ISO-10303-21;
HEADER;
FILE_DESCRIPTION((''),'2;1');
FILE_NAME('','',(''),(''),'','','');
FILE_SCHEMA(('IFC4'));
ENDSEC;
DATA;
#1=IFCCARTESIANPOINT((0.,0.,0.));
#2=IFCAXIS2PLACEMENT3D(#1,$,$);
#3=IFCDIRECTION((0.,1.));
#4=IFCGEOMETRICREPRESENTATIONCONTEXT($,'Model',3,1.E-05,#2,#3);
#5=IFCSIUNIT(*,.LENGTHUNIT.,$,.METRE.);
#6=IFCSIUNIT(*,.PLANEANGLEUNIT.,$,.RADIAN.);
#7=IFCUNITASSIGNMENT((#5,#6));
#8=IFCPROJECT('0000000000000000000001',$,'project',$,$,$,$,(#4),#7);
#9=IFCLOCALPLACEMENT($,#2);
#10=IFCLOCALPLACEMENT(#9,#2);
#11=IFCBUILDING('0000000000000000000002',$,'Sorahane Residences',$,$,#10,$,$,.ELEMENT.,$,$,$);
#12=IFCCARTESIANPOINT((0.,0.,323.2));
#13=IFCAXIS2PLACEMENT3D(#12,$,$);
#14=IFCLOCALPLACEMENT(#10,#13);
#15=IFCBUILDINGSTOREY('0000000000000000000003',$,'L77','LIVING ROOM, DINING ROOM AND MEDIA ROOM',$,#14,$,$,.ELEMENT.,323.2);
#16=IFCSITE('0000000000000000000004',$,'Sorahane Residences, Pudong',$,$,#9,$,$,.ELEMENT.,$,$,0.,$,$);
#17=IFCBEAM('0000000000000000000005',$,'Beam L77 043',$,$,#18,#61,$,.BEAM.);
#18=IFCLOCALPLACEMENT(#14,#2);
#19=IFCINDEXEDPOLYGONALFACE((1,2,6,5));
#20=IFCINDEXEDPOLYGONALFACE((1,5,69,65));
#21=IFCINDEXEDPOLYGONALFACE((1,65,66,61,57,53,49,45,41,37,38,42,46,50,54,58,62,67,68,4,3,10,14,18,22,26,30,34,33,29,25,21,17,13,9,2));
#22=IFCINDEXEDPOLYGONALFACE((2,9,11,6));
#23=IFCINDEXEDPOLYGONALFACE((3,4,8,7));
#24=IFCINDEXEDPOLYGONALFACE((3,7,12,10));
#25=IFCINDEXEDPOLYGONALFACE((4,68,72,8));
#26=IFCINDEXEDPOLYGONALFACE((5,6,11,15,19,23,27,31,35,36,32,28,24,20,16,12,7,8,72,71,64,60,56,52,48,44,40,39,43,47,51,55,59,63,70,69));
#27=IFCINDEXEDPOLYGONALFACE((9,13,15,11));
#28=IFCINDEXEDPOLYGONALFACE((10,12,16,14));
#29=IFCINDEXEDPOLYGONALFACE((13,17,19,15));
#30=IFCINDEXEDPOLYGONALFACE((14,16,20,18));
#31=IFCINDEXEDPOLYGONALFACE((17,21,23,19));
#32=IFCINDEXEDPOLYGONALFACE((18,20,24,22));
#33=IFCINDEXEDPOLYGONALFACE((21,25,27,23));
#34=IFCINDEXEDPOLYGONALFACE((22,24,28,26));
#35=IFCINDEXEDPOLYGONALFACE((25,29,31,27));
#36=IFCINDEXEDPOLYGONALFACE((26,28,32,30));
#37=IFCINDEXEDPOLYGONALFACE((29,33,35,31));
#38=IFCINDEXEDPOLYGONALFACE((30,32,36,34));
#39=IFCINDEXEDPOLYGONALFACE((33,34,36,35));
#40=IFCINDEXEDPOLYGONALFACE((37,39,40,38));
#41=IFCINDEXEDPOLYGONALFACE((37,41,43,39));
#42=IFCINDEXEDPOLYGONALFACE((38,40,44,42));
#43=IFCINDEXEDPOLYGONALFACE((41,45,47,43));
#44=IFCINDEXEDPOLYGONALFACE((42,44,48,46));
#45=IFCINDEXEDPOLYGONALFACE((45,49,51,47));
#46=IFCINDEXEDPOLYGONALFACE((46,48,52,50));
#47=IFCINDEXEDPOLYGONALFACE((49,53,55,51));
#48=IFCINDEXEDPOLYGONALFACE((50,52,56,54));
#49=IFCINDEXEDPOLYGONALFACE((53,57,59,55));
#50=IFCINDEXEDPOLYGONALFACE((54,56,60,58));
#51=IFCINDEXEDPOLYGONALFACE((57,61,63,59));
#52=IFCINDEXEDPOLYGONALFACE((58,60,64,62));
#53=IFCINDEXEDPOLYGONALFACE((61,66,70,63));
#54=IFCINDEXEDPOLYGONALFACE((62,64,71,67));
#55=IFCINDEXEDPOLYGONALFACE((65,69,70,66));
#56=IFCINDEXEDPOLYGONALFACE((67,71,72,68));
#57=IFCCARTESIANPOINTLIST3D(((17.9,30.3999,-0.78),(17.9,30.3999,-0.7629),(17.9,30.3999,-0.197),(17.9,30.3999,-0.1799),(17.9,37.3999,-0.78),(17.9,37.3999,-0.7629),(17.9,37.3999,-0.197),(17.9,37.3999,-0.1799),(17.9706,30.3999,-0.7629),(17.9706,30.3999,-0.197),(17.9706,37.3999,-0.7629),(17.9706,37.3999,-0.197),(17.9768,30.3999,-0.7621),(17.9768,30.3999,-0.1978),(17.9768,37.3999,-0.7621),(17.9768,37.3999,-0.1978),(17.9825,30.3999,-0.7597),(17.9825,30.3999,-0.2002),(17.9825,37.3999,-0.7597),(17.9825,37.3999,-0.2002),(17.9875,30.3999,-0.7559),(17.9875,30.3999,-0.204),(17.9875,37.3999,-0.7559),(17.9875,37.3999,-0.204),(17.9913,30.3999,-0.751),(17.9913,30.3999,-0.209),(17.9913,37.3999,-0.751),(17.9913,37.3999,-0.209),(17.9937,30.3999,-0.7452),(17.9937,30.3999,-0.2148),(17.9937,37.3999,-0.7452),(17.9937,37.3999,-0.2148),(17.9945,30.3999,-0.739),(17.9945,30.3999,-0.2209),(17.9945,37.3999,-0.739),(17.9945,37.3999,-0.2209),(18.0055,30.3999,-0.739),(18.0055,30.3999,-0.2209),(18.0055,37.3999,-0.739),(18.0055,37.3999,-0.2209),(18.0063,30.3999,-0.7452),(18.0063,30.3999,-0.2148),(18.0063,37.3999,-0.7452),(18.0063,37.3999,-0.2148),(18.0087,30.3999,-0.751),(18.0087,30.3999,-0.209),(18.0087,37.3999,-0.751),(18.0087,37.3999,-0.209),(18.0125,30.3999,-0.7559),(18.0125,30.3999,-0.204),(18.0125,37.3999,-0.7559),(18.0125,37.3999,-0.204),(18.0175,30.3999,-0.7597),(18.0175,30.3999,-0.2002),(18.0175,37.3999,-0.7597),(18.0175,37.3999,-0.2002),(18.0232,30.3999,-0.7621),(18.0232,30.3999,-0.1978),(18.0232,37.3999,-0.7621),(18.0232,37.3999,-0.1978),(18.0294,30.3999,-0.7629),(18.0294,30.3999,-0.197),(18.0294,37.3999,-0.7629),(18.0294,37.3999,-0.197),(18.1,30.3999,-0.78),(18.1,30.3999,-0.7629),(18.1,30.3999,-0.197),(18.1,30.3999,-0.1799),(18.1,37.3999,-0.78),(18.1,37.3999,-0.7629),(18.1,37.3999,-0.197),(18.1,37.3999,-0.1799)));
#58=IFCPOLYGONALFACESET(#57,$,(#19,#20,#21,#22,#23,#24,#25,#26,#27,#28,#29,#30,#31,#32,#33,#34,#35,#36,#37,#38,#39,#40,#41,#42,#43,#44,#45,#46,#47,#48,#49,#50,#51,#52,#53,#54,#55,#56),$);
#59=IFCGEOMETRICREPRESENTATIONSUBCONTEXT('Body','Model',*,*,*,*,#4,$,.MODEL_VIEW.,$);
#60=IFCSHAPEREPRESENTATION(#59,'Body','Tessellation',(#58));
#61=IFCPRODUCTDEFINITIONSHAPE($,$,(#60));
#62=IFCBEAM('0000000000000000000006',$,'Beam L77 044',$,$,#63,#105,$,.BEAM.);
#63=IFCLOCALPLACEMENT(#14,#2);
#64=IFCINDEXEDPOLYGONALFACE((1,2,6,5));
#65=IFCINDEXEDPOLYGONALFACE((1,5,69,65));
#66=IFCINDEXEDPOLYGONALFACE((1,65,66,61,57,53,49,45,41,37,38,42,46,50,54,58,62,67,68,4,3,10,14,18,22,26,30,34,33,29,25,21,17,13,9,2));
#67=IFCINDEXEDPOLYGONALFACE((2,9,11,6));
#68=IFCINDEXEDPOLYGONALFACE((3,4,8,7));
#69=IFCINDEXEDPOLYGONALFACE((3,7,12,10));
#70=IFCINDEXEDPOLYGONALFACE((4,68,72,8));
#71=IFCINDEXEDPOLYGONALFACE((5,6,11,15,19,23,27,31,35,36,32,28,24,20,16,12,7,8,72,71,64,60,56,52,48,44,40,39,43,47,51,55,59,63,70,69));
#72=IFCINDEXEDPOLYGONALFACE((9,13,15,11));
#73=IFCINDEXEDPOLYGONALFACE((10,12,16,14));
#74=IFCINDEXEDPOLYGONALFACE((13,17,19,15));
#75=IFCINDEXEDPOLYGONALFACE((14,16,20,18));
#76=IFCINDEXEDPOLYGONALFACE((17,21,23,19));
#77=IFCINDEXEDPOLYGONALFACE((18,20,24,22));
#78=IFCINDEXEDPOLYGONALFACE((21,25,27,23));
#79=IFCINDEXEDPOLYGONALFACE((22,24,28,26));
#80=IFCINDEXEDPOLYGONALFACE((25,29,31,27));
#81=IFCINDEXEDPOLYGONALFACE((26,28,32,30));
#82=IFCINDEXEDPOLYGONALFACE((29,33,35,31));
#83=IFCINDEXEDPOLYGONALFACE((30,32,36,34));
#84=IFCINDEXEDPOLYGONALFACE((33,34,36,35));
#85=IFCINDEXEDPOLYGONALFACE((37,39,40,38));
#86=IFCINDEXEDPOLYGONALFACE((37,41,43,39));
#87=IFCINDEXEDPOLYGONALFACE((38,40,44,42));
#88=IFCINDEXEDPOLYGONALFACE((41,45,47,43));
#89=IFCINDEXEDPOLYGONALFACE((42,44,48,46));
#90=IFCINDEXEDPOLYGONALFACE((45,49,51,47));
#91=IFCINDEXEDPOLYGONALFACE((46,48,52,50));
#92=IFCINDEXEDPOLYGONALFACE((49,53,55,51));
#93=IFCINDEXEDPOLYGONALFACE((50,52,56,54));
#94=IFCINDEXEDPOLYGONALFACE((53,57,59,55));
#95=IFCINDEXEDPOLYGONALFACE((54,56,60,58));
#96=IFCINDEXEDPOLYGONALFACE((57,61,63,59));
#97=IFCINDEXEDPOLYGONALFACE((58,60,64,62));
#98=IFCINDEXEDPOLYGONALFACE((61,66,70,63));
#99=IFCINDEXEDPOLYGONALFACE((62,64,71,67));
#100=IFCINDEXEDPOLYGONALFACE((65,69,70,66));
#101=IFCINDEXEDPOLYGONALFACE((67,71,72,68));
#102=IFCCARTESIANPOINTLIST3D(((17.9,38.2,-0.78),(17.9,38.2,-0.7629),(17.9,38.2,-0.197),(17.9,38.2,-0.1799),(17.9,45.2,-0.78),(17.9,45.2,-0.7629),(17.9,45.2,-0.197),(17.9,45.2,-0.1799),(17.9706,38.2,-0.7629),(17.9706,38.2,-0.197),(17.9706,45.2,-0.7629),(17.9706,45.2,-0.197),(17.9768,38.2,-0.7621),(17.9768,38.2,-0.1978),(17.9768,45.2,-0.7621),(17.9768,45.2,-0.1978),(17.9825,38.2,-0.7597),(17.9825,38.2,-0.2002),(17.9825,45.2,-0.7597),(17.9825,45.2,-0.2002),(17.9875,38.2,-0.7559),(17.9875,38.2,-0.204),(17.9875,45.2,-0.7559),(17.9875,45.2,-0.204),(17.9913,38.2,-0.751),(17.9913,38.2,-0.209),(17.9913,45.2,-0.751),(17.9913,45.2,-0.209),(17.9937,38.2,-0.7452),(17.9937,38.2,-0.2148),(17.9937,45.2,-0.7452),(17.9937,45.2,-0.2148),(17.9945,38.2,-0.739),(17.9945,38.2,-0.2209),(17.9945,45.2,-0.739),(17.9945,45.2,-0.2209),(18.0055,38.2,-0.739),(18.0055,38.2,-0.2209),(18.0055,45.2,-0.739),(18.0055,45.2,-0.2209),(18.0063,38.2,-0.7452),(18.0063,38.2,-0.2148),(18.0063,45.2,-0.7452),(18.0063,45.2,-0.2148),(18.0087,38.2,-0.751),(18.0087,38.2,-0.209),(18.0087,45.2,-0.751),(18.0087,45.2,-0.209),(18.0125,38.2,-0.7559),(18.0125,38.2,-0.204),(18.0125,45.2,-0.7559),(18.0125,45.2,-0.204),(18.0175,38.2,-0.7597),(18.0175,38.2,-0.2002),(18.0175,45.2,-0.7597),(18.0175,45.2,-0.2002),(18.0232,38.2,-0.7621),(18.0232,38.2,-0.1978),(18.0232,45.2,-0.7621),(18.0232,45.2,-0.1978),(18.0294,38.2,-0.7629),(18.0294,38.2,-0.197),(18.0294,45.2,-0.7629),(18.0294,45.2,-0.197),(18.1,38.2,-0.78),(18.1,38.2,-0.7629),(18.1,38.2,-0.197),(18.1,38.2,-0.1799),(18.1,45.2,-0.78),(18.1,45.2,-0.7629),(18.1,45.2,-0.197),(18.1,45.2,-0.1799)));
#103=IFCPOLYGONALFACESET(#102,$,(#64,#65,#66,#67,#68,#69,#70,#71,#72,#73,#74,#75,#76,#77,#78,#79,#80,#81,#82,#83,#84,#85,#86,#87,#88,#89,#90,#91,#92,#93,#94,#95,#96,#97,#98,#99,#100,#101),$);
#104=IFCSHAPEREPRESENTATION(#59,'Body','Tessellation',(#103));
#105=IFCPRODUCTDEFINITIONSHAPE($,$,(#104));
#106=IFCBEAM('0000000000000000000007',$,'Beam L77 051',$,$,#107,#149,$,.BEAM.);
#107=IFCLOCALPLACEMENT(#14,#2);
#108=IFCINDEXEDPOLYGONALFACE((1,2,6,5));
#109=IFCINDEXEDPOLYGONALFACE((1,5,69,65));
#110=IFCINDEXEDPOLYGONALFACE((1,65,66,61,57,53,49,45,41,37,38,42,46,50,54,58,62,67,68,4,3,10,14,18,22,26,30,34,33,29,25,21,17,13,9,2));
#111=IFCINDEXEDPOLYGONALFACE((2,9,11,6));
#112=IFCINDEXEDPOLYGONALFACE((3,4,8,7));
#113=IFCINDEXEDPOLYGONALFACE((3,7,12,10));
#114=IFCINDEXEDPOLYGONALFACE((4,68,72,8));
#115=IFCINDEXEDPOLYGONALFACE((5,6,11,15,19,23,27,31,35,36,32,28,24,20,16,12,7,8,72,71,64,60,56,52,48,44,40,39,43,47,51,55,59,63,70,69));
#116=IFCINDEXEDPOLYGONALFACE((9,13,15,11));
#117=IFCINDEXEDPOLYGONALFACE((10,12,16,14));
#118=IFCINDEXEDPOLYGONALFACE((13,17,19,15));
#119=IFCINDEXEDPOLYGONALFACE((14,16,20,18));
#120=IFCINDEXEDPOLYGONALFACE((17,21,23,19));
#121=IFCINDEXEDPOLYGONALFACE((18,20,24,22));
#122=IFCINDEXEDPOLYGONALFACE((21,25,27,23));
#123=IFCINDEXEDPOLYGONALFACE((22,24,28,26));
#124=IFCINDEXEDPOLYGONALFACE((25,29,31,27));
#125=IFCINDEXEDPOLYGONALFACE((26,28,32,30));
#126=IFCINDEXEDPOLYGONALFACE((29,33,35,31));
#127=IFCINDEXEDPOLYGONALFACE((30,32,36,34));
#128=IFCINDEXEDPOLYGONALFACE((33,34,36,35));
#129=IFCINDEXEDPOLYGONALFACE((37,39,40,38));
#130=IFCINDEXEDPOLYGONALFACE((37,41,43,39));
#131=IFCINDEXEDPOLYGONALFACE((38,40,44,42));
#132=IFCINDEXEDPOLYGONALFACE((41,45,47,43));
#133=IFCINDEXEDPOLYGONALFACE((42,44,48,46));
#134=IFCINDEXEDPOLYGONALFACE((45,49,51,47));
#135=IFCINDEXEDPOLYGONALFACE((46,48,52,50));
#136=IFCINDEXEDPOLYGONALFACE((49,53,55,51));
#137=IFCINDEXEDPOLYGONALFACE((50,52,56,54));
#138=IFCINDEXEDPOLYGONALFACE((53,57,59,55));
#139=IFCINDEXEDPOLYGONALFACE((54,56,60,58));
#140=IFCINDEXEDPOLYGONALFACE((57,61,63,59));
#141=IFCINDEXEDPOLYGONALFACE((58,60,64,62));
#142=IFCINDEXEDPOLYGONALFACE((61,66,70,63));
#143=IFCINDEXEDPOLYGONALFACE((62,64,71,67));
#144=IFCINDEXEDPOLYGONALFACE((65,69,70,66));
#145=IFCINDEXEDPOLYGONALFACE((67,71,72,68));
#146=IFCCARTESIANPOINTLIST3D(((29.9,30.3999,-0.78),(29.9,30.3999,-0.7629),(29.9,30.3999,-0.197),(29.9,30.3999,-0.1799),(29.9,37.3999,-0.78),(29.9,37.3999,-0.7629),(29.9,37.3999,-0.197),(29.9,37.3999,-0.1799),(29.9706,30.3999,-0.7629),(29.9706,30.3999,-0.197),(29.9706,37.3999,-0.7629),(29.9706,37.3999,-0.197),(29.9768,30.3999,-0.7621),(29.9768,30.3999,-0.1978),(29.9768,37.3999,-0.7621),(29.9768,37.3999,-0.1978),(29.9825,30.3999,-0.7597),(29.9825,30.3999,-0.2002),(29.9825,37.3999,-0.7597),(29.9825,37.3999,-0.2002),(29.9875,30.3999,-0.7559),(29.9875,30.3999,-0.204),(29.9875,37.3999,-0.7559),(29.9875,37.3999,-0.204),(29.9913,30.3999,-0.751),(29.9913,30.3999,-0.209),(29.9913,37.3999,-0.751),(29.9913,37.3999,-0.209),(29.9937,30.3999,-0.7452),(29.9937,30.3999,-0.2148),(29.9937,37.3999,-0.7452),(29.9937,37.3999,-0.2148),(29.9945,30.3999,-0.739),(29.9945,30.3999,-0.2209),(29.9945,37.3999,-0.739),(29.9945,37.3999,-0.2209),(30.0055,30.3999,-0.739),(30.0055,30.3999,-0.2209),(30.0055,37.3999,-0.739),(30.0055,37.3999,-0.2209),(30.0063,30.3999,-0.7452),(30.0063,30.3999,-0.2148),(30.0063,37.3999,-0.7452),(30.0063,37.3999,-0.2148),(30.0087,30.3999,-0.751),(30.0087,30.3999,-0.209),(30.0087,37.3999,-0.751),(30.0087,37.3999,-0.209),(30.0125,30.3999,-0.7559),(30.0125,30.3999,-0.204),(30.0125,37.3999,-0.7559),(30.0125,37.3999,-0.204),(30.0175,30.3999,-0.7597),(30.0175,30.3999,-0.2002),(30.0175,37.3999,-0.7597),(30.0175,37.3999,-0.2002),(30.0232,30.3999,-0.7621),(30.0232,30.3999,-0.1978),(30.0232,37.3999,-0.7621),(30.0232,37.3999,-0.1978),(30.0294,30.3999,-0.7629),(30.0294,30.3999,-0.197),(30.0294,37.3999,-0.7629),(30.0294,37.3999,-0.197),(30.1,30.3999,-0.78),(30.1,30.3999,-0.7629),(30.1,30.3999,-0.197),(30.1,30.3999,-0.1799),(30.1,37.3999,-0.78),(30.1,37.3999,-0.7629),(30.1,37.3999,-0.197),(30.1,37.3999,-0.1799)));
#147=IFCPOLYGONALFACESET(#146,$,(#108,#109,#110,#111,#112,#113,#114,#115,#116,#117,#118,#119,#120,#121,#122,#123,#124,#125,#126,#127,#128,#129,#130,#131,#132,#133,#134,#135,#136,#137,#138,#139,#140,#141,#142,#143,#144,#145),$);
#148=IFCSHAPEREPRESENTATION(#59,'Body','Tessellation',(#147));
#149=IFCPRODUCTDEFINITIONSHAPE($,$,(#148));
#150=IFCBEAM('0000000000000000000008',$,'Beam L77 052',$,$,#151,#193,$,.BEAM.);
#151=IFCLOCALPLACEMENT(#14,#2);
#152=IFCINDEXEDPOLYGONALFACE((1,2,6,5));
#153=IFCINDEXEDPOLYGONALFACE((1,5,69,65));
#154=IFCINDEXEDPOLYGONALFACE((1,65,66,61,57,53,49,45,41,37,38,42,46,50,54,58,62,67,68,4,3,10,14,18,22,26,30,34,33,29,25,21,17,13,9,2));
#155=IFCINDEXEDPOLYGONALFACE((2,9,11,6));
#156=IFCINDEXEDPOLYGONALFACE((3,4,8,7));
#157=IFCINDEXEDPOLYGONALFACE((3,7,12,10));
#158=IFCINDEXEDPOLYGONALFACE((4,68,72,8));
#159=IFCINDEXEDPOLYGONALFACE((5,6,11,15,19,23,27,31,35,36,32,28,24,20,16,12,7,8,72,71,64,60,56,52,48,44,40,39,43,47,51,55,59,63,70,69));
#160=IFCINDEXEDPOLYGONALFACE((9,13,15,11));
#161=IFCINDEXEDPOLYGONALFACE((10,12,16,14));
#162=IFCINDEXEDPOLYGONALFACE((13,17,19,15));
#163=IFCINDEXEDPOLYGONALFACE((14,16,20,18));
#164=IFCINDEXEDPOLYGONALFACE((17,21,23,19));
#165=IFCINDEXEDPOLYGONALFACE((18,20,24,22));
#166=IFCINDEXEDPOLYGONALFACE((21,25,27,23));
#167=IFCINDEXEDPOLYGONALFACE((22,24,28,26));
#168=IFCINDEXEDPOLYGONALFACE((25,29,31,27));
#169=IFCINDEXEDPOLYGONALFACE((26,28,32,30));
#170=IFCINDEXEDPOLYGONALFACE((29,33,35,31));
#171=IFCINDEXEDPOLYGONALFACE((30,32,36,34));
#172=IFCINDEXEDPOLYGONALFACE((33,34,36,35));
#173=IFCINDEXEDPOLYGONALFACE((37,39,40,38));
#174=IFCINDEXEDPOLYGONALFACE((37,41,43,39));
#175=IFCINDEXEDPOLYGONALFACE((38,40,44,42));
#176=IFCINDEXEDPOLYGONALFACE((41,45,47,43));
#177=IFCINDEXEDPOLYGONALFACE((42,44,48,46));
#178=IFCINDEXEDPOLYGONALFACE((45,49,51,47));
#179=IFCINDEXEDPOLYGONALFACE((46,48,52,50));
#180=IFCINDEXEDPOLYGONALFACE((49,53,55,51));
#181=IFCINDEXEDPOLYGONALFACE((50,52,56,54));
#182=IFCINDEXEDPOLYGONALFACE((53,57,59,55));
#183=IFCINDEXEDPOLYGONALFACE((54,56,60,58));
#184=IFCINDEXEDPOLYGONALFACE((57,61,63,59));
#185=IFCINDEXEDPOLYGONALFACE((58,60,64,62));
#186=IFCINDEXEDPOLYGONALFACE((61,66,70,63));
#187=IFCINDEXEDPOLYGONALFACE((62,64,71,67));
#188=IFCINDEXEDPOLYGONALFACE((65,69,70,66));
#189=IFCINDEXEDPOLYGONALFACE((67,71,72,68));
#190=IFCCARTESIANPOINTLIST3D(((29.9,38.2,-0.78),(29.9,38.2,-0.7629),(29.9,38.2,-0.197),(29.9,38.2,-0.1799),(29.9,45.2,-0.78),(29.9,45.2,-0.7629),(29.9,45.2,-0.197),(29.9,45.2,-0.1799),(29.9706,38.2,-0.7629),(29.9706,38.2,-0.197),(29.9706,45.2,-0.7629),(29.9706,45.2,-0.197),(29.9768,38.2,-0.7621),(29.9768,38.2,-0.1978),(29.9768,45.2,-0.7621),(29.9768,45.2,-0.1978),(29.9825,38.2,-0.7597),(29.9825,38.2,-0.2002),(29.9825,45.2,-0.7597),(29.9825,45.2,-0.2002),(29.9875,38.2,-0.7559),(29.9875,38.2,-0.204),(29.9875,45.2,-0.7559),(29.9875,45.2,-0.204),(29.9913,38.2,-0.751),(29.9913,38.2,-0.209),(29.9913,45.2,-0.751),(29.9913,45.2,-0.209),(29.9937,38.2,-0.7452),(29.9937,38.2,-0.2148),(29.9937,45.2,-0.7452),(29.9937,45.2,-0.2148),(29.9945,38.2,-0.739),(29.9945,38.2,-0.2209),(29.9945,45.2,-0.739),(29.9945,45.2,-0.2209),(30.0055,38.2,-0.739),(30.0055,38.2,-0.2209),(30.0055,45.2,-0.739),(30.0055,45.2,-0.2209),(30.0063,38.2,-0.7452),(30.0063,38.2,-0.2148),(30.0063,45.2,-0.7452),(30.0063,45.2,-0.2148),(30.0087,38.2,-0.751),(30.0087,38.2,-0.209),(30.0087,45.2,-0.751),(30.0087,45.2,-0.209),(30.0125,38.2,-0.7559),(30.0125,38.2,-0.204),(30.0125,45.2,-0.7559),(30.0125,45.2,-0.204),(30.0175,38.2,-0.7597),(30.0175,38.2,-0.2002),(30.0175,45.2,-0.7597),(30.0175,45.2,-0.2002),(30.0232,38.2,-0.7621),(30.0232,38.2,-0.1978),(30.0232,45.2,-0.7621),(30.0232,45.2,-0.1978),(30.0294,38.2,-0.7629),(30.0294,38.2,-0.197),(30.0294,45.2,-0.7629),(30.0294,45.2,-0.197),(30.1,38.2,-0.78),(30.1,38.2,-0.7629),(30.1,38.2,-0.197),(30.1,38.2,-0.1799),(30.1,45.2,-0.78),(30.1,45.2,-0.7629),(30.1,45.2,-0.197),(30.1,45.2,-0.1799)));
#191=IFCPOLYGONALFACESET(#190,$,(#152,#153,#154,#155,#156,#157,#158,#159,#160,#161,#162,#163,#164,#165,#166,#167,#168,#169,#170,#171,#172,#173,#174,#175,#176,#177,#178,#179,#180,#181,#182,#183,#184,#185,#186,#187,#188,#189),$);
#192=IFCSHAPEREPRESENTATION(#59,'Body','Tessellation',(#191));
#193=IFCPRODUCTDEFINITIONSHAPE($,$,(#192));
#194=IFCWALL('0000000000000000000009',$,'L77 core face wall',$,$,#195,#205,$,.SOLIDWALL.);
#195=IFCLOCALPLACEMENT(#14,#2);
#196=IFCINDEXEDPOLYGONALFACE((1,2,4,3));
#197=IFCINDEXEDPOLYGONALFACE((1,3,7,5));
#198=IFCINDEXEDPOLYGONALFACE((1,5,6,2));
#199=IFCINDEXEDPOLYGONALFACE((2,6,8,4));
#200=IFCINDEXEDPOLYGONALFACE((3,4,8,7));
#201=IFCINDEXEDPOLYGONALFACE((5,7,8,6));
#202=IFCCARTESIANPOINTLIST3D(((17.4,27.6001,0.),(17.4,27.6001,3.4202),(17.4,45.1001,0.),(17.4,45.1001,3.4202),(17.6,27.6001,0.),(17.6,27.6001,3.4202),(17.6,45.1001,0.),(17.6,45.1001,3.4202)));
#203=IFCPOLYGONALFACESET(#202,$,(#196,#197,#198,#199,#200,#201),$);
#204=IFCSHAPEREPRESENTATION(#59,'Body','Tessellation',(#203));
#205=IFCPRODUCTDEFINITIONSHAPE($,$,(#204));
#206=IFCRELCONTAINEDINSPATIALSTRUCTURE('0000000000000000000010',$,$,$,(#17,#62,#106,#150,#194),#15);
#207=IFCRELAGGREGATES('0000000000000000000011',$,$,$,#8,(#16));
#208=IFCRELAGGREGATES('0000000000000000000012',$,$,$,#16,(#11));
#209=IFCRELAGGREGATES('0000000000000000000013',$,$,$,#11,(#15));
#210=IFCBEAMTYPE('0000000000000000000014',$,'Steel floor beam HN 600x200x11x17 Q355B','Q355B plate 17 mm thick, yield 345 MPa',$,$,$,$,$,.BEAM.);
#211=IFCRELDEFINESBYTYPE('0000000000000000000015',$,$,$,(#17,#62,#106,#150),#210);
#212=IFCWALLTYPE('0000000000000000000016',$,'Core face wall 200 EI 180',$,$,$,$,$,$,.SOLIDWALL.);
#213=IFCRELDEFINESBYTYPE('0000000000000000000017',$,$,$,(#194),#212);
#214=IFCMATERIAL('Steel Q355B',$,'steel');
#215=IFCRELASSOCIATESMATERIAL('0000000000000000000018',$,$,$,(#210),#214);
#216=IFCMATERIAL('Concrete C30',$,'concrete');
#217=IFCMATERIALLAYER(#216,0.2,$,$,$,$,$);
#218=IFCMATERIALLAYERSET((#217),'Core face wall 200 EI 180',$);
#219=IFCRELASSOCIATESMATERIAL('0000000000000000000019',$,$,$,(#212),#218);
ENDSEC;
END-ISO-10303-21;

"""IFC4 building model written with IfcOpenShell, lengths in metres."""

from ifc_helpers import new_model, si_unit, direction, frame, frame_2d, origin, origin_2d, place, context, subcontext, project, spatial, rectangle, i_section, extrude, material, layer, layer_set, material_profile, profile_set, type_object, element, save


model = new_model("IFC4")

# Units and contexts
model_context = context("Model", 3, precision=1e-05, world=origin(), true_north=direction((0.0, 1.0)))
body_context = subcontext(model_context, "Body", "Model", "MODEL_VIEW")
ifc_project = project(units=[si_unit("LENGTHUNIT", "METRE"), si_unit("PLANEANGLEUNIT", "RADIAN")], contexts=[model_context])

# Site, building, storey
site_placement = place(None, origin())
site = spatial("IfcSite", under=ifc_project, at=site_placement, Name="Sorahane Residences, Pudong", CompositionType="ELEMENT", RefElevation=0.0)
building_placement = place(site_placement, origin())
building = spatial("IfcBuilding", under=site, at=building_placement, Name="Sorahane Residences", CompositionType="ELEMENT")
storey_placement = place(building_placement, frame((0.0, 0.0, 323.2)))
storey = spatial("IfcBuildingStorey", under=building, at=storey_placement, Name="L77", Description="LIVING ROOM, DINING ROOM AND MEDIA ROOM", CompositionType="ELEMENT", Elevation=323.2)

# Beams
ifc_material_1 = material(Name="Steel Q355B", Category="steel")
ifc_material_profile_1 = material_profile(ifc_material_1, i_section(OverallWidth=0.2, OverallDepth=0.6001, WebThickness=0.011, FlangeThickness=0.0171, FilletRadius=0.0239, at=origin_2d()), Name="HN 600x200x11x17")
ifc_profile_set_1 = profile_set([ifc_material_profile_1], Name="Steel Q355B")
beam_type_1 = type_object("IfcBeamType", Name="Steel floor beam HN 600x200x11x17 Q355B", Description="Q355B plate 17 mm thick, yield 345 MPa", PredefinedType="BEAM", material=ifc_profile_set_1)
for number, where, z_axis, x_axis, name in (
    (1, (18.0, 30.3999, -0.48), (0.0, 1.0, 0.0), (-1.0, 0.0, 0.0), "Beam L77 043"),
    (2, (18.0, 38.2, -0.48), (0.0, 1.0, 0.0), (-1.0, 0.0, 0.0), "Beam L77 044"),
    (3, (30.0, 30.3999, -0.48), (0.0, 1.0, 0.0), (-1.0, 0.0, 0.0), "Beam L77 051"),
    (4, (30.0, 38.2, -0.48), (0.0, 1.0, 0.0), (-1.0, 0.0, 0.0), "Beam L77 052"),
):
    element("IfcBeam", number, at=place(storey_placement, frame(where, z_axis=z_axis, x_axis=x_axis)), inside=storey, type_object=beam_type_1, Name=name, PredefinedType="BEAM", context=body_context, shape_type="SweptSolid", body=[
        extrude(i_section(OverallWidth=0.2, OverallDepth=0.6001, WebThickness=0.011, FlangeThickness=0.0171, FilletRadius=0.0239, at=origin_2d()), origin(), (0.0, 0.0, 1.0), 7.0),
    ])

# Wall
ifc_material_2 = material(Name="Concrete C30", Category="concrete")
ifc_layer_1 = layer(ifc_material_2, 0.2)
ifc_layer_set_1 = layer_set([ifc_layer_1], Name="Core face wall 200 EI 180")
wall_type_1 = type_object("IfcWallType", Name="Core face wall 200 EI 180", PredefinedType="SOLIDWALL", material=ifc_layer_set_1)
for number, where, z_axis, x_axis, name in (
    (5, (17.5, 27.6001, 0.0), (0.0, 0.0, 1.0), (0.0, 1.0, 0.0), "L77 core face wall"),
):
    element("IfcWall", number, at=place(storey_placement, frame(where, z_axis=z_axis, x_axis=x_axis)), inside=storey, type_object=wall_type_1, Name=name, PredefinedType="SOLIDWALL", context=body_context, shape_type="SweptSolid", body=[
        extrude(rectangle(XDim=17.5, YDim=0.2, at=frame_2d((8.75, 0.0))), origin(), (0.0, 0.0, 1.0), 3.4202),
    ])

save(model, "model.ifc")
